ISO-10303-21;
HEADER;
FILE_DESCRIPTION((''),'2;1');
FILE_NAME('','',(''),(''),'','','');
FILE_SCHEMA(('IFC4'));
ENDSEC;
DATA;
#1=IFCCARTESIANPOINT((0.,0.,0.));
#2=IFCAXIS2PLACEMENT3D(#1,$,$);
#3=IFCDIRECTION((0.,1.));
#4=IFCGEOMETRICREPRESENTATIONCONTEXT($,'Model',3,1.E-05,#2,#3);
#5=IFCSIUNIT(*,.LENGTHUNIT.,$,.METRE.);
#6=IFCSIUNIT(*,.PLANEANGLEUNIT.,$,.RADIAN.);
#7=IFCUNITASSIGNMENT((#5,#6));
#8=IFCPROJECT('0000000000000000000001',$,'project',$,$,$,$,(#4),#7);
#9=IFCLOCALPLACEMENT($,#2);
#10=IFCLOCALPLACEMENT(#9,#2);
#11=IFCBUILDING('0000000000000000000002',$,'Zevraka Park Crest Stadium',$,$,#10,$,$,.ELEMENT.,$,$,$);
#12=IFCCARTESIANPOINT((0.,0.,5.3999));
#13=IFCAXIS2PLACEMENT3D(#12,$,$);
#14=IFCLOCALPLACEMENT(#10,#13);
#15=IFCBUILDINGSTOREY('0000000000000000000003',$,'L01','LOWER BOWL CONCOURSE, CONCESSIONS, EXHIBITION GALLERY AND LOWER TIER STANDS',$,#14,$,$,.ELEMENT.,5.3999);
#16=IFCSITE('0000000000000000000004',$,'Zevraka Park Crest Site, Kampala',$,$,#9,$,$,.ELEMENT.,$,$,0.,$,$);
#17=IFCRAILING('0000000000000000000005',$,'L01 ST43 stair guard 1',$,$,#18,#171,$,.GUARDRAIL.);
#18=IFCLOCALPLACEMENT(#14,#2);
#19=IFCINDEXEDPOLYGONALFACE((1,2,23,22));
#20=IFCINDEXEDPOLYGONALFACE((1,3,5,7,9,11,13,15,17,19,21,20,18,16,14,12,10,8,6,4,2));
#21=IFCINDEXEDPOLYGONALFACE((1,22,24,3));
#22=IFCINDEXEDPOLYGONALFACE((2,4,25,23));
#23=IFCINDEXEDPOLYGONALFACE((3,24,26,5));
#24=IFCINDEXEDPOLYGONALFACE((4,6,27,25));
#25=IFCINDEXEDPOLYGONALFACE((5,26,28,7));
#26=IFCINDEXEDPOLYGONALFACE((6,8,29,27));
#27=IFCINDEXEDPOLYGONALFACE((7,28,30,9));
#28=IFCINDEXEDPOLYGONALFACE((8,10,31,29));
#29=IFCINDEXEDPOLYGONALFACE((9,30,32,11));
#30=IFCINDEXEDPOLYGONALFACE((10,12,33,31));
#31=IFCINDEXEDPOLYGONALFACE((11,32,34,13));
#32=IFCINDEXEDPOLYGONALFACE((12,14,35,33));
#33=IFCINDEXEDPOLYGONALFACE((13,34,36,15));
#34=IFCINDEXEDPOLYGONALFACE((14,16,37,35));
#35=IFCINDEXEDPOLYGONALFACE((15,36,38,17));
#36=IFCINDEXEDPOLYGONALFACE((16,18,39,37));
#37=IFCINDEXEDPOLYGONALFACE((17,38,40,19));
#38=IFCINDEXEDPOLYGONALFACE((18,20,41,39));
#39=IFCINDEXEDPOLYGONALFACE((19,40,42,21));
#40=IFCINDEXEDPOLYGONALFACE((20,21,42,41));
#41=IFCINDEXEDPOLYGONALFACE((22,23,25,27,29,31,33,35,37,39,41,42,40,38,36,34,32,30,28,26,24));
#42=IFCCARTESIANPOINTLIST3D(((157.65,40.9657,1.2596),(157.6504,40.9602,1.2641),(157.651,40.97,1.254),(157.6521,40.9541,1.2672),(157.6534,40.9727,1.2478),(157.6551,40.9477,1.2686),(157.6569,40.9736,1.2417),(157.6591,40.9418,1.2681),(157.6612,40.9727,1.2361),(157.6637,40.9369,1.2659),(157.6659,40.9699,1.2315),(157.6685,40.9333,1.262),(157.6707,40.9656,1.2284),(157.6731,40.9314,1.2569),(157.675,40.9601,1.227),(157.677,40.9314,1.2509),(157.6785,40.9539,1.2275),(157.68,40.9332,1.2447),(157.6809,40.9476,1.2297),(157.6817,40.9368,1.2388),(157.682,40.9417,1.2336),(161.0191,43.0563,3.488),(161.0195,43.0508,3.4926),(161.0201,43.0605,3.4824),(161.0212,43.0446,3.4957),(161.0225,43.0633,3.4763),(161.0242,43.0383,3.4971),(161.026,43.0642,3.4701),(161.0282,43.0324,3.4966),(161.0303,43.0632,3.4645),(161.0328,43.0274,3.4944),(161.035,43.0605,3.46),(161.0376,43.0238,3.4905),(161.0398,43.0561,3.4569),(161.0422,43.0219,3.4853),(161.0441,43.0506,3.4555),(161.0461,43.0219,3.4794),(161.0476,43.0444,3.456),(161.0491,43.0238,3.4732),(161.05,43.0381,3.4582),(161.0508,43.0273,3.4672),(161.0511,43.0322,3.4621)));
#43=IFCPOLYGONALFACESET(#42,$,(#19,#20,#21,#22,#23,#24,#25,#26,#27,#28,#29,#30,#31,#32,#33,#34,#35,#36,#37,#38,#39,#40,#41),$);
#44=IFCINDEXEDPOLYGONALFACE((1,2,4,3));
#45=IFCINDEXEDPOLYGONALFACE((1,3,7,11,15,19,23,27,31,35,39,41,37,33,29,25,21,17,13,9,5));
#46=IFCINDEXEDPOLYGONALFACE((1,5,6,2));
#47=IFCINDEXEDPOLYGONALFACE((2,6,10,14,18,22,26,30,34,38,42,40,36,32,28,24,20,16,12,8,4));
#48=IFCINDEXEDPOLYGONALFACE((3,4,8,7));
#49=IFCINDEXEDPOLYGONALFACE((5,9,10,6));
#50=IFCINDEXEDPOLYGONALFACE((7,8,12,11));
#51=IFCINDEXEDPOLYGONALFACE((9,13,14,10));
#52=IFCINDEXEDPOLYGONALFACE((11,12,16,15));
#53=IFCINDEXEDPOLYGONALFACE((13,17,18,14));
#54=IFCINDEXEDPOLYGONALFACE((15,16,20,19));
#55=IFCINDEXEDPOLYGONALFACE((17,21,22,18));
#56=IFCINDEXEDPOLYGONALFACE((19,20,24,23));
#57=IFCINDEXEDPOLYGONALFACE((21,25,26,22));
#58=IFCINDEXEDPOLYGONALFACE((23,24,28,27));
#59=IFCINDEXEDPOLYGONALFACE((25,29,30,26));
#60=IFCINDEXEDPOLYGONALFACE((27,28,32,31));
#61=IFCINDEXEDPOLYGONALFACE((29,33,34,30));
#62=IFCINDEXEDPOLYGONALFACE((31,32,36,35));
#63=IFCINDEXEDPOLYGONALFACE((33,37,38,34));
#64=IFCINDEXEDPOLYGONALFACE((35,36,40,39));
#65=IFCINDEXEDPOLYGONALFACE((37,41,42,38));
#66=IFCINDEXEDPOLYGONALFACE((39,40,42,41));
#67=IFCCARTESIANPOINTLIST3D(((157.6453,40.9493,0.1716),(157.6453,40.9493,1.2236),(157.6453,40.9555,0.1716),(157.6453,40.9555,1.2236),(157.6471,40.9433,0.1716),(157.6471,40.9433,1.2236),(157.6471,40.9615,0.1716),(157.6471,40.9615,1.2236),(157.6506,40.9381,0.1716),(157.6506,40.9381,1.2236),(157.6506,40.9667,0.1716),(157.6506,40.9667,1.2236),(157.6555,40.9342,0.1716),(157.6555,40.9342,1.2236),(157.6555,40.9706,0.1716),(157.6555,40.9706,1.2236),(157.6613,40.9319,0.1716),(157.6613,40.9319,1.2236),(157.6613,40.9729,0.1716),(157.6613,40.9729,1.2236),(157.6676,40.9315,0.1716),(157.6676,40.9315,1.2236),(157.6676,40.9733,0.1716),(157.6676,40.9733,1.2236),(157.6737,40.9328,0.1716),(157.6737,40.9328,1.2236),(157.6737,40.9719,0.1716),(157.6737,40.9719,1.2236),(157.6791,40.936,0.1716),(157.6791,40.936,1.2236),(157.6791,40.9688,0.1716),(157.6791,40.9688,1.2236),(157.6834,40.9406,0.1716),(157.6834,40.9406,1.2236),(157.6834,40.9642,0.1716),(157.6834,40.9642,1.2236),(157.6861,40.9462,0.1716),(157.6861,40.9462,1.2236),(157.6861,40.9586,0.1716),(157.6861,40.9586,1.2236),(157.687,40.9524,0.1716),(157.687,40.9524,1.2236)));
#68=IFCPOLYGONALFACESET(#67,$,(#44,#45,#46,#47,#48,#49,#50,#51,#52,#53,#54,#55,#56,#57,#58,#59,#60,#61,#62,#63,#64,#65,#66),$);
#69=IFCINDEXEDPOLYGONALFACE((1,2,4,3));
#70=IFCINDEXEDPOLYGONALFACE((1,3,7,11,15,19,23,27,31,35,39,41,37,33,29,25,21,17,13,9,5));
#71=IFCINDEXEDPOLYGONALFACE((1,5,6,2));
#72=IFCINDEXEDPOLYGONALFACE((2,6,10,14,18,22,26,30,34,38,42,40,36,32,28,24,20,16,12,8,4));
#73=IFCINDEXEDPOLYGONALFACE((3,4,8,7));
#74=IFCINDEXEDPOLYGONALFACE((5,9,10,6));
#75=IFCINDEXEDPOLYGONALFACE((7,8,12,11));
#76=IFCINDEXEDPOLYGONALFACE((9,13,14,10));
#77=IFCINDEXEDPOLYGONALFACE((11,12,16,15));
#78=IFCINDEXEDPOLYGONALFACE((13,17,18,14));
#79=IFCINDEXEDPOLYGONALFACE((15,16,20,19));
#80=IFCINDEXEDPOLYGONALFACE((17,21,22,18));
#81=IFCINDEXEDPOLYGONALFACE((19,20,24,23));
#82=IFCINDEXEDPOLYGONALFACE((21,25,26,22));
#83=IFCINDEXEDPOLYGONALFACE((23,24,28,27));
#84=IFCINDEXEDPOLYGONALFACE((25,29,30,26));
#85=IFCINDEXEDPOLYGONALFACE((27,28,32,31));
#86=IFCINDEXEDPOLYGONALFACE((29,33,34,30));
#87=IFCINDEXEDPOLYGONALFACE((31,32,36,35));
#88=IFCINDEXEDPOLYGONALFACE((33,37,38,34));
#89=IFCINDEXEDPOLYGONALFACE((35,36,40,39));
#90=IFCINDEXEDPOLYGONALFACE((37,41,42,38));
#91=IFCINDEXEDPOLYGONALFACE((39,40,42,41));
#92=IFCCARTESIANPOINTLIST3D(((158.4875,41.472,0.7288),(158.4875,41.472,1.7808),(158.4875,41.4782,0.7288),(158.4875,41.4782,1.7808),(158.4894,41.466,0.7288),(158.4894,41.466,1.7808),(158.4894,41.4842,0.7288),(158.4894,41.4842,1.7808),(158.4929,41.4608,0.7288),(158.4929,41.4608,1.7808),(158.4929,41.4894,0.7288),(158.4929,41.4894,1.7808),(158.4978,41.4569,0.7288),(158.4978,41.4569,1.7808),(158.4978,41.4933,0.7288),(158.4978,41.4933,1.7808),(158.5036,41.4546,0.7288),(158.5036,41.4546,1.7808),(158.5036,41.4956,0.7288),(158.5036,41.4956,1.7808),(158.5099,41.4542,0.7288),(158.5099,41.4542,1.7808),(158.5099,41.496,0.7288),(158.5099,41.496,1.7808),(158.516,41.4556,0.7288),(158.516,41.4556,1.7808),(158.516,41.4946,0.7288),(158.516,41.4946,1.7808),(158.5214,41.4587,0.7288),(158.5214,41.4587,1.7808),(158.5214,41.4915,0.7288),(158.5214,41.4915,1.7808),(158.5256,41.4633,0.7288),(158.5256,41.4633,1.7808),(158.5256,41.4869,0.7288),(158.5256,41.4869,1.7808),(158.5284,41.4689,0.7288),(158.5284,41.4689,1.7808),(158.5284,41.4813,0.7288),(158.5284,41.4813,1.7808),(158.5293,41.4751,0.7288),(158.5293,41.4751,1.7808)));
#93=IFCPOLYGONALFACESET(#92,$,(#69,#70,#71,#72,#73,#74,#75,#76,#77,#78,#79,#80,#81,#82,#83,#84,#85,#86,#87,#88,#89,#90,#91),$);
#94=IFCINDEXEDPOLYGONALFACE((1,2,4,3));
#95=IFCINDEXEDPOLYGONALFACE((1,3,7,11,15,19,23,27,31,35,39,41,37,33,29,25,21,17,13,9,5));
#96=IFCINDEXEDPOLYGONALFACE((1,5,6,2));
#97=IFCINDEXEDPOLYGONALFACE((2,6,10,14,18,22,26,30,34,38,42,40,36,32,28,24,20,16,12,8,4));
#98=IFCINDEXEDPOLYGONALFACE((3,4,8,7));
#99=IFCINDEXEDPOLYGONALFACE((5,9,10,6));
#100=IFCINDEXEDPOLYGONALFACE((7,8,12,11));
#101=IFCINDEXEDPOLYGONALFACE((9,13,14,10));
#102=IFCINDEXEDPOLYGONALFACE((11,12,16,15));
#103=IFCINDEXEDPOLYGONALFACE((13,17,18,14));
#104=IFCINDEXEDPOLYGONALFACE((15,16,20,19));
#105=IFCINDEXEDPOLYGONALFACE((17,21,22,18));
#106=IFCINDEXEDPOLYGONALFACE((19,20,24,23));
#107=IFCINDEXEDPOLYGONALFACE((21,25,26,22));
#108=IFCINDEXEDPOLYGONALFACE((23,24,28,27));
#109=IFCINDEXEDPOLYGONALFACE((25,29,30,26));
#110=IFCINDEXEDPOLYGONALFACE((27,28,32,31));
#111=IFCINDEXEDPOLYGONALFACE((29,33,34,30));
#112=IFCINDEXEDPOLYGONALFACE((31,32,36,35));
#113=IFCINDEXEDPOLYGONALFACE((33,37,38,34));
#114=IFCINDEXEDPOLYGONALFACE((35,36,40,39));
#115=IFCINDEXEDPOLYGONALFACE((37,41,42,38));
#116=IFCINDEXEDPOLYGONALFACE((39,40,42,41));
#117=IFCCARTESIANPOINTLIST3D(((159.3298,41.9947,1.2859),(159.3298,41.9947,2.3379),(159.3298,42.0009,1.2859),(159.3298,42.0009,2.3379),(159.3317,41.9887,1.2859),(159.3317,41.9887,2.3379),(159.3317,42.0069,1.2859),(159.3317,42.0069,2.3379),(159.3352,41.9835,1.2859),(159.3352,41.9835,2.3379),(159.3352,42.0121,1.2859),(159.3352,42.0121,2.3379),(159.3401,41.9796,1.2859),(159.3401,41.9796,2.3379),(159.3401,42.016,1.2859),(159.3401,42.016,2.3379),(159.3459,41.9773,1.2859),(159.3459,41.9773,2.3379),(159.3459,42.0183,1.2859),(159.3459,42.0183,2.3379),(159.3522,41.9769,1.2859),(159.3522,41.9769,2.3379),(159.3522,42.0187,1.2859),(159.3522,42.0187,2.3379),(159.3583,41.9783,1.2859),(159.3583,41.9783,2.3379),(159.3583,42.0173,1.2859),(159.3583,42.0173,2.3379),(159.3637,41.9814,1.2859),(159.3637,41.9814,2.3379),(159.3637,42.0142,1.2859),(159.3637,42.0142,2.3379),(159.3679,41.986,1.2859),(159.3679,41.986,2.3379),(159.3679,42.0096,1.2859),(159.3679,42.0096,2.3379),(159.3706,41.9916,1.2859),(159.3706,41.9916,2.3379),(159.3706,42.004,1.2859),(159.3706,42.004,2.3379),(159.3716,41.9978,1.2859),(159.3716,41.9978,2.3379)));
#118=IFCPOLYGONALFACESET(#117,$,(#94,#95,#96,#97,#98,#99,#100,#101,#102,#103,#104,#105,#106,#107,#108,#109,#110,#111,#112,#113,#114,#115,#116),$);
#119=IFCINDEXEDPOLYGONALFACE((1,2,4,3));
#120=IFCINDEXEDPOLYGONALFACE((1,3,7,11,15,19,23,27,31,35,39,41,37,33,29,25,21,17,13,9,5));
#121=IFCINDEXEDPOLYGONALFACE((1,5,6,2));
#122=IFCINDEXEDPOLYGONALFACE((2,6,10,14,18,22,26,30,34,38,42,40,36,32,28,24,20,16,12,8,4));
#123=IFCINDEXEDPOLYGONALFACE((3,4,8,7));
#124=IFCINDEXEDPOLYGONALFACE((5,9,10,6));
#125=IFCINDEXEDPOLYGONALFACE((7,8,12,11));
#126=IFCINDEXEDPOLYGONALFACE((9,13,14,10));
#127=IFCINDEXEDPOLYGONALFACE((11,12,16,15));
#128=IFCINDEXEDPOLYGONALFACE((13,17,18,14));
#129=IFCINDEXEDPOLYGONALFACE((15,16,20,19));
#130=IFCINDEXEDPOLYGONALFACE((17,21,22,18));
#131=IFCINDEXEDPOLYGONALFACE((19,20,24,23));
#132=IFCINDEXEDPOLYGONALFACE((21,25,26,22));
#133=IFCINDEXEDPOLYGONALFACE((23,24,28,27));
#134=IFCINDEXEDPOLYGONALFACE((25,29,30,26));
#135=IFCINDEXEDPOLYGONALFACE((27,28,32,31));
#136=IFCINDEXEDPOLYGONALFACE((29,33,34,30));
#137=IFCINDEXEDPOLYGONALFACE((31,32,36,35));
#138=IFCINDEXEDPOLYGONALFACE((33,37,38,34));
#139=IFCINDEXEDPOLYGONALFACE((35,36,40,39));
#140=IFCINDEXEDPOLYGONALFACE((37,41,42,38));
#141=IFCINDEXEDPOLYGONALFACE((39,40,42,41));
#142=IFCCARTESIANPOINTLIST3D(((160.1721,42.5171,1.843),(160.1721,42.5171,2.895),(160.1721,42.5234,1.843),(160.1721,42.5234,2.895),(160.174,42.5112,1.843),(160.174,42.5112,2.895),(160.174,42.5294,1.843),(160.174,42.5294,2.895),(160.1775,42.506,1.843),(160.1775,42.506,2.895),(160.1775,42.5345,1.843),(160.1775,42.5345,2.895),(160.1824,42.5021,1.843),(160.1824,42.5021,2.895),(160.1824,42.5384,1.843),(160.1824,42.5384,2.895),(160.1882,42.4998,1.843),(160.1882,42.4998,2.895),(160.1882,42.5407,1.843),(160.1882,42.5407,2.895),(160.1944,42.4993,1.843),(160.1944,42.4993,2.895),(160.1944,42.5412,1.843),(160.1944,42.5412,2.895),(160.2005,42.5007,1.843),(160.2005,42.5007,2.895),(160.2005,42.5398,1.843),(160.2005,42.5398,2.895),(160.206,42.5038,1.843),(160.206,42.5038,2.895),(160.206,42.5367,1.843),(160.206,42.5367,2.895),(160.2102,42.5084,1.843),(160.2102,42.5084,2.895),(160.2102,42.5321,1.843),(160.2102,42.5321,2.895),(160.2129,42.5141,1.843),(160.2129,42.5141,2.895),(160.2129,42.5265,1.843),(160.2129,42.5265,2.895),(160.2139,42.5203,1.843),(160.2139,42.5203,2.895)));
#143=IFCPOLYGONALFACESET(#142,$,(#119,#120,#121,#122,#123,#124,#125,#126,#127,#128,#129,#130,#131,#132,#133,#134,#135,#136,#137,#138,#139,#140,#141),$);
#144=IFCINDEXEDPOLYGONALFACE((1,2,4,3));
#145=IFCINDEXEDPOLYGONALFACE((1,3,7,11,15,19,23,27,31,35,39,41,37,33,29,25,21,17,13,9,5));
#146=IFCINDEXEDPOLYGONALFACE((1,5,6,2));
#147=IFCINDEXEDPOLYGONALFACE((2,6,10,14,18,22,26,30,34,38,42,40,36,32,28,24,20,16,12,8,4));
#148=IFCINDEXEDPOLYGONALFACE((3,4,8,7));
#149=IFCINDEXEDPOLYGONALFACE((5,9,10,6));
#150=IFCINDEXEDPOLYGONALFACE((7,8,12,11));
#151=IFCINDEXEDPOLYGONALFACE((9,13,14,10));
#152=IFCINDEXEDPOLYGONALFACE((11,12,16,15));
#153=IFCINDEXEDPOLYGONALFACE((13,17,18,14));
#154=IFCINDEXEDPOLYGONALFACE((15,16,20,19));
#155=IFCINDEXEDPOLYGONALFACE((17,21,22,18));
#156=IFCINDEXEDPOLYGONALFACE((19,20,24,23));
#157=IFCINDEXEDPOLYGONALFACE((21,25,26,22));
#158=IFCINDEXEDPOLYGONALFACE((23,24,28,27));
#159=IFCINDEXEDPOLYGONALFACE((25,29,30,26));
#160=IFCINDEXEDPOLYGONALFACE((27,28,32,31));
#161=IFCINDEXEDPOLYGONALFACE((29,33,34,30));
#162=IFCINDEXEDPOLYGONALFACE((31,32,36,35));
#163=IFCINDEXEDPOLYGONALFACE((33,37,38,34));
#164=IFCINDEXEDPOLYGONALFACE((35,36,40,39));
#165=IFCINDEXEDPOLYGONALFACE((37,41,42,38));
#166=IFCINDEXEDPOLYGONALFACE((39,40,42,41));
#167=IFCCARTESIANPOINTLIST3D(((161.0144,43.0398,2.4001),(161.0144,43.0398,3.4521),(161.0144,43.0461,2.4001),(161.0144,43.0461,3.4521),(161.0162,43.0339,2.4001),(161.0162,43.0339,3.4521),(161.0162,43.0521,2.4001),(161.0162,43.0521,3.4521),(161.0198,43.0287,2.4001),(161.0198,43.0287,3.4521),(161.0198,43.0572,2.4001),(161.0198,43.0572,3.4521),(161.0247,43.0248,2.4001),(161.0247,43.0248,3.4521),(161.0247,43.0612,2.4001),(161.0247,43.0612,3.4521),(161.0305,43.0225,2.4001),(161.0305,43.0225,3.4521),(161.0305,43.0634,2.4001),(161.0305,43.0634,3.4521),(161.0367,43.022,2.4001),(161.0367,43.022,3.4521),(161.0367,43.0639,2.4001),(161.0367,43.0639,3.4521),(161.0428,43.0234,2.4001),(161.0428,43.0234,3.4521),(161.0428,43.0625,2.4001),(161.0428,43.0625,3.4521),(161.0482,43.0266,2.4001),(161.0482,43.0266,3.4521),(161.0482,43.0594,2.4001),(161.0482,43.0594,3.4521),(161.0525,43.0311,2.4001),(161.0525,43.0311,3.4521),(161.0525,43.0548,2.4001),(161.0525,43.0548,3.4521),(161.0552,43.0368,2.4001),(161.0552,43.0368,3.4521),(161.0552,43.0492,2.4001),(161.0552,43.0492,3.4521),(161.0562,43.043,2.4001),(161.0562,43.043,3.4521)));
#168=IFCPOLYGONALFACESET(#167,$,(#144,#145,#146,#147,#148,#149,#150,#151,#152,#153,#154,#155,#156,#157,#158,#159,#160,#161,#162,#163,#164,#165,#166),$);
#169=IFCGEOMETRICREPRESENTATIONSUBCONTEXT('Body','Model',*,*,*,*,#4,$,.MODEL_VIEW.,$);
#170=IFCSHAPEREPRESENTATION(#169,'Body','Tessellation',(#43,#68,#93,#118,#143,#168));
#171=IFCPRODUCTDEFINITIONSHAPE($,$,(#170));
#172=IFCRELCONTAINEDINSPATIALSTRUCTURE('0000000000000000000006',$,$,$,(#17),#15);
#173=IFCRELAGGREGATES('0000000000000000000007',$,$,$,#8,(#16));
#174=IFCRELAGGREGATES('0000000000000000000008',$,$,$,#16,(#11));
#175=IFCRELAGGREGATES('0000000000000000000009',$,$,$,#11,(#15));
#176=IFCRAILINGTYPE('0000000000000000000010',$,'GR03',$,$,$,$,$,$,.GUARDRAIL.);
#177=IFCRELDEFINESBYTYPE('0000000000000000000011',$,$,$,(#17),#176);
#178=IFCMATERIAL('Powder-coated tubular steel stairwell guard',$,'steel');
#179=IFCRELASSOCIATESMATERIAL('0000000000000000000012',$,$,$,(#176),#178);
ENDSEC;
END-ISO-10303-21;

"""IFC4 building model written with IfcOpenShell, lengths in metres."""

from ifc_helpers import new_model, si_unit, direction, frame, origin, origin_2d, place, context, subcontext, project, spatial, circle, extrude, material, type_object, element, save


model = new_model("IFC4")

# Units and contexts
model_context = context("Model", 3, precision=1e-05, world=origin(), true_north=direction((0.0, 1.0)))
body_context = subcontext(model_context, "Body", "Model", "MODEL_VIEW")
ifc_project = project(units=[si_unit("LENGTHUNIT", "METRE"), si_unit("PLANEANGLEUNIT", "RADIAN")], contexts=[model_context])

# Site, building, storey
site_placement = place(None, origin())
site = spatial("IfcSite", under=ifc_project, at=site_placement, Name="Zevraka Park Crest Site, Kampala", CompositionType="ELEMENT", RefElevation=0.0)
building_placement = place(site_placement, origin())
building = spatial("IfcBuilding", under=site, at=building_placement, Name="Zevraka Park Crest Stadium", CompositionType="ELEMENT")
storey_placement = place(building_placement, frame((0.0, 0.0, 5.3999)))
storey = spatial("IfcBuildingStorey", under=building, at=storey_placement, Name="L01", Description="LOWER BOWL CONCOURSE, CONCESSIONS, EXHIBITION GALLERY AND LOWER TIER STANDS", CompositionType="ELEMENT", Elevation=5.3999)

# Railing
ifc_material_1 = material(Name="Powder-coated tubular steel stairwell guard", Category="steel")
railing_type_1 = type_object("IfcRailingType", Name="GR03", PredefinedType="GUARDRAIL", material=ifc_material_1)
railing_1_placement = place(storey_placement, frame((157.666, 40.9524, 0.1716)))
element("IfcRailing", 1, at=railing_1_placement, inside=storey, type_object=railing_type_1, Name="L01 ST43 stair guard 1", PredefinedType="GUARDRAIL", context=body_context, shape_type="SweptSolid", body=[
    extrude(circle(Radius=0.0239, at=origin_2d()), frame((0.0, 0.0, 1.0762), z_axis=(0.740732, 0.459629, 0.489956), x_axis=(-0.527251, 0.84971, 0.0)), (0.0, 0.0, 1.0), 4.5483),
    extrude(circle(Radius=0.021, at=origin_2d()), origin(), (0.0, 0.0, 1.0), 1.052),
    extrude(circle(Radius=0.021, at=origin_2d()), frame((0.8423, 0.5227, 0.5571)), (0.0, 0.0, 1.0), 1.052),
    extrude(circle(Radius=0.021, at=origin_2d()), frame((1.6846, 1.0454, 1.1143)), (0.0, 0.0, 1.0), 1.052),
    extrude(circle(Radius=0.021, at=origin_2d()), frame((2.5269, 1.5679, 1.6714)), (0.0, 0.0, 1.0), 1.052),
    extrude(circle(Radius=0.021, at=origin_2d()), frame((3.3691, 2.0906, 2.2285)), (0.0, 0.0, 1.0), 1.052),
])

save(model, "model.ifc")
